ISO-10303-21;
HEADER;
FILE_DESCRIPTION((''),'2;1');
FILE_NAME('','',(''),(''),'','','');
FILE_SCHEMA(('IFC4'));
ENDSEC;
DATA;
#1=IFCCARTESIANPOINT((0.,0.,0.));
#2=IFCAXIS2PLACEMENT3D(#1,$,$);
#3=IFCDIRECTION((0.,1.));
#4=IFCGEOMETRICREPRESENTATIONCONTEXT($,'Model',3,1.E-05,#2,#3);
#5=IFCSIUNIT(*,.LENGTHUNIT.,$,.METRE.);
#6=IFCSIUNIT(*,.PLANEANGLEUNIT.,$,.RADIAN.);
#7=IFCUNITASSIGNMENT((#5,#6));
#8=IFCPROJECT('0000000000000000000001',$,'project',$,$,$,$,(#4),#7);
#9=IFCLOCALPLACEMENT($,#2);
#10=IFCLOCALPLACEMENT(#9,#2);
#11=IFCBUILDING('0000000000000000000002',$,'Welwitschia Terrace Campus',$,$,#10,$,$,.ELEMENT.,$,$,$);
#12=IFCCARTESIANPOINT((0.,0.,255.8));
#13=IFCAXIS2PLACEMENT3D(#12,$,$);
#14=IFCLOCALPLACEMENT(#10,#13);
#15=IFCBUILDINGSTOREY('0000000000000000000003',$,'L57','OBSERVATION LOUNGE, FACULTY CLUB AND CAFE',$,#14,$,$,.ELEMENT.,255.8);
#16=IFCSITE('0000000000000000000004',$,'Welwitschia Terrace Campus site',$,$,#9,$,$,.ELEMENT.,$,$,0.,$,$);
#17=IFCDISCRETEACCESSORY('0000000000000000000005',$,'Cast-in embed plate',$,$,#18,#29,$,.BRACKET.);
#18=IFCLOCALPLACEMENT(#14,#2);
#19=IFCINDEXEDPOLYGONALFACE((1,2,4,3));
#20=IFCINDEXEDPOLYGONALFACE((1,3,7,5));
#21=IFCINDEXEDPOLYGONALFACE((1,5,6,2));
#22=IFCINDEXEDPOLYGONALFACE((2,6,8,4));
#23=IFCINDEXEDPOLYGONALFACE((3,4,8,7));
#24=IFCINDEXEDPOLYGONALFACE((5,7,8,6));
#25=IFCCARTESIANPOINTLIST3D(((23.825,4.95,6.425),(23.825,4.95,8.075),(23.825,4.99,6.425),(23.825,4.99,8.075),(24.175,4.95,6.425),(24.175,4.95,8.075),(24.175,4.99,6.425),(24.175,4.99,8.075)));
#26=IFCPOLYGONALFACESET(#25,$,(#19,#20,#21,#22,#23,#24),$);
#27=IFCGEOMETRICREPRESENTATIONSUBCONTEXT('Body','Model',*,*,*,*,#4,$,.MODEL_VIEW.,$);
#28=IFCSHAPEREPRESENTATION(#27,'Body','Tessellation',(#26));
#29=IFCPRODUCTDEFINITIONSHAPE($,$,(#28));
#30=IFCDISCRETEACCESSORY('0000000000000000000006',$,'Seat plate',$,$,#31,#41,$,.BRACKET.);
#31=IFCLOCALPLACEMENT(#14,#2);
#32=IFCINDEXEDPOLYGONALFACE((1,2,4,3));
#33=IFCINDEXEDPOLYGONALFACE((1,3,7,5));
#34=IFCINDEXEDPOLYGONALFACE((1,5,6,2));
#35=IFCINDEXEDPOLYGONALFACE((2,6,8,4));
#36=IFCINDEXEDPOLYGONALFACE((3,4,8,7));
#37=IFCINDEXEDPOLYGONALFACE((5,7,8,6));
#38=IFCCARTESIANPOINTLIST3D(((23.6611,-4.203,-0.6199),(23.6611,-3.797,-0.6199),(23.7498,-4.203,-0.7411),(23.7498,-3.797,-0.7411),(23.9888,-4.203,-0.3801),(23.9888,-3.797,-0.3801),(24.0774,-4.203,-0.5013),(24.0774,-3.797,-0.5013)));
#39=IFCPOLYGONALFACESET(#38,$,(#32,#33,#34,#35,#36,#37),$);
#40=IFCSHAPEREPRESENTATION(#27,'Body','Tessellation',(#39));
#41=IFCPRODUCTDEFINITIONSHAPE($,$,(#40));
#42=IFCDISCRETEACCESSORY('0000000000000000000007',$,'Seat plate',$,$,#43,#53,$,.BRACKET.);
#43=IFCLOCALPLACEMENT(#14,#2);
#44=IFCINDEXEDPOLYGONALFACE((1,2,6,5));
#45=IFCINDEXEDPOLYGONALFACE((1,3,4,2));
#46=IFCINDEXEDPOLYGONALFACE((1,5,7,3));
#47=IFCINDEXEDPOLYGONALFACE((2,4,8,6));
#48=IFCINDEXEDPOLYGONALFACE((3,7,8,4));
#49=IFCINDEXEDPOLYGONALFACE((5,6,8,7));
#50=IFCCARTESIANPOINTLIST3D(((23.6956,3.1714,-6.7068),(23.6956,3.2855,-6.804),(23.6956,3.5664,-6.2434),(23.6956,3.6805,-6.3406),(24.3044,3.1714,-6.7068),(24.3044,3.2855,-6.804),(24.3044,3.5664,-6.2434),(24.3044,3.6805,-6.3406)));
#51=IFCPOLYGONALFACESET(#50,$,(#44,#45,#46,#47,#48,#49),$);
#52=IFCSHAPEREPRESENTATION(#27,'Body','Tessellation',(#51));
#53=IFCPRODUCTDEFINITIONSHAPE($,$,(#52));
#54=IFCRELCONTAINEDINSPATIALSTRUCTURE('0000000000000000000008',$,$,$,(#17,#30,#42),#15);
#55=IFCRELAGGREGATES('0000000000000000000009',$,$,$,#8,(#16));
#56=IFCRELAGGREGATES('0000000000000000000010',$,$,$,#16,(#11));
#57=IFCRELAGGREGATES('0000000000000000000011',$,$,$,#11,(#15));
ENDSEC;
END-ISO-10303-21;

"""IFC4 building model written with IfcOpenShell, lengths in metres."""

from ifc_helpers import new_model, si_unit, direction, frame, origin, origin_2d, place, context, subcontext, project, spatial, rectangle, extrude, element, save


model = new_model("IFC4")

# Units and contexts
model_context = context("Model", 3, precision=1e-05, world=origin(), true_north=direction((0.0, 1.0)))
body_context = subcontext(model_context, "Body", "Model", "MODEL_VIEW")
ifc_project = project(units=[si_unit("LENGTHUNIT", "METRE"), si_unit("PLANEANGLEUNIT", "RADIAN")], contexts=[model_context])

# Site, building, storey
site_placement = place(None, origin())
site = spatial("IfcSite", under=ifc_project, at=site_placement, Name="Welwitschia Terrace Campus site", CompositionType="ELEMENT", RefElevation=0.0)
building_placement = place(site_placement, origin())
building = spatial("IfcBuilding", under=site, at=building_placement, Name="Welwitschia Terrace Campus", CompositionType="ELEMENT")
storey_placement = place(building_placement, frame((0.0, 0.0, 255.8)))
storey = spatial("IfcBuildingStorey", under=building, at=storey_placement, Name="L57", Description="OBSERVATION LOUNGE, FACULTY CLUB AND CAFE", CompositionType="ELEMENT", Elevation=255.8)

# Discrete accessories
discrete_accessory_1_placement = place(storey_placement, frame((24.0, 4.95, 7.25), z_axis=(0.0, 1.0, 0.0), x_axis=(-1.0, 0.0, 0.0)))
element("IfcDiscreteAccessory", 1, at=discrete_accessory_1_placement, inside=storey, Name="Cast-in embed plate", PredefinedType="BRACKET", context=body_context, shape_type="SweptSolid", body=[
    extrude(rectangle(XDim=0.3501, YDim=1.6499, at=origin_2d()), origin(), (0.0, 0.0, 1.0), 0.04),
])
discrete_accessory_2_placement = place(storey_placement, frame((23.825, -4.0, -0.5), z_axis=(0.590588, 0.0, -0.806974), x_axis=(0.0, 1.0, 0.0)))
element("IfcDiscreteAccessory", 2, at=discrete_accessory_2_placement, inside=storey, Name="Seat plate", PredefinedType="BRACKET", context=body_context, shape_type="SweptSolid", body=[
    extrude(rectangle(XDim=0.406, YDim=0.406, at=origin_2d()), origin(), (0.0, 0.0, 1.0), 0.1501),
])
discrete_accessory_3_placement = place(storey_placement, frame((24.0, 3.3689, -6.4751), z_axis=(0.0, 0.761094, -0.648641), x_axis=(-1.0, 0.0, 0.0)))
element("IfcDiscreteAccessory", 3, at=discrete_accessory_3_placement, inside=storey, Name="Seat plate", PredefinedType="BRACKET", context=body_context, shape_type="SweptSolid", body=[
    extrude(rectangle(XDim=0.6089, YDim=0.6089, at=origin_2d()), origin(), (0.0, 0.0, 1.0), 0.1499),
])

save(model, "model.ifc")
